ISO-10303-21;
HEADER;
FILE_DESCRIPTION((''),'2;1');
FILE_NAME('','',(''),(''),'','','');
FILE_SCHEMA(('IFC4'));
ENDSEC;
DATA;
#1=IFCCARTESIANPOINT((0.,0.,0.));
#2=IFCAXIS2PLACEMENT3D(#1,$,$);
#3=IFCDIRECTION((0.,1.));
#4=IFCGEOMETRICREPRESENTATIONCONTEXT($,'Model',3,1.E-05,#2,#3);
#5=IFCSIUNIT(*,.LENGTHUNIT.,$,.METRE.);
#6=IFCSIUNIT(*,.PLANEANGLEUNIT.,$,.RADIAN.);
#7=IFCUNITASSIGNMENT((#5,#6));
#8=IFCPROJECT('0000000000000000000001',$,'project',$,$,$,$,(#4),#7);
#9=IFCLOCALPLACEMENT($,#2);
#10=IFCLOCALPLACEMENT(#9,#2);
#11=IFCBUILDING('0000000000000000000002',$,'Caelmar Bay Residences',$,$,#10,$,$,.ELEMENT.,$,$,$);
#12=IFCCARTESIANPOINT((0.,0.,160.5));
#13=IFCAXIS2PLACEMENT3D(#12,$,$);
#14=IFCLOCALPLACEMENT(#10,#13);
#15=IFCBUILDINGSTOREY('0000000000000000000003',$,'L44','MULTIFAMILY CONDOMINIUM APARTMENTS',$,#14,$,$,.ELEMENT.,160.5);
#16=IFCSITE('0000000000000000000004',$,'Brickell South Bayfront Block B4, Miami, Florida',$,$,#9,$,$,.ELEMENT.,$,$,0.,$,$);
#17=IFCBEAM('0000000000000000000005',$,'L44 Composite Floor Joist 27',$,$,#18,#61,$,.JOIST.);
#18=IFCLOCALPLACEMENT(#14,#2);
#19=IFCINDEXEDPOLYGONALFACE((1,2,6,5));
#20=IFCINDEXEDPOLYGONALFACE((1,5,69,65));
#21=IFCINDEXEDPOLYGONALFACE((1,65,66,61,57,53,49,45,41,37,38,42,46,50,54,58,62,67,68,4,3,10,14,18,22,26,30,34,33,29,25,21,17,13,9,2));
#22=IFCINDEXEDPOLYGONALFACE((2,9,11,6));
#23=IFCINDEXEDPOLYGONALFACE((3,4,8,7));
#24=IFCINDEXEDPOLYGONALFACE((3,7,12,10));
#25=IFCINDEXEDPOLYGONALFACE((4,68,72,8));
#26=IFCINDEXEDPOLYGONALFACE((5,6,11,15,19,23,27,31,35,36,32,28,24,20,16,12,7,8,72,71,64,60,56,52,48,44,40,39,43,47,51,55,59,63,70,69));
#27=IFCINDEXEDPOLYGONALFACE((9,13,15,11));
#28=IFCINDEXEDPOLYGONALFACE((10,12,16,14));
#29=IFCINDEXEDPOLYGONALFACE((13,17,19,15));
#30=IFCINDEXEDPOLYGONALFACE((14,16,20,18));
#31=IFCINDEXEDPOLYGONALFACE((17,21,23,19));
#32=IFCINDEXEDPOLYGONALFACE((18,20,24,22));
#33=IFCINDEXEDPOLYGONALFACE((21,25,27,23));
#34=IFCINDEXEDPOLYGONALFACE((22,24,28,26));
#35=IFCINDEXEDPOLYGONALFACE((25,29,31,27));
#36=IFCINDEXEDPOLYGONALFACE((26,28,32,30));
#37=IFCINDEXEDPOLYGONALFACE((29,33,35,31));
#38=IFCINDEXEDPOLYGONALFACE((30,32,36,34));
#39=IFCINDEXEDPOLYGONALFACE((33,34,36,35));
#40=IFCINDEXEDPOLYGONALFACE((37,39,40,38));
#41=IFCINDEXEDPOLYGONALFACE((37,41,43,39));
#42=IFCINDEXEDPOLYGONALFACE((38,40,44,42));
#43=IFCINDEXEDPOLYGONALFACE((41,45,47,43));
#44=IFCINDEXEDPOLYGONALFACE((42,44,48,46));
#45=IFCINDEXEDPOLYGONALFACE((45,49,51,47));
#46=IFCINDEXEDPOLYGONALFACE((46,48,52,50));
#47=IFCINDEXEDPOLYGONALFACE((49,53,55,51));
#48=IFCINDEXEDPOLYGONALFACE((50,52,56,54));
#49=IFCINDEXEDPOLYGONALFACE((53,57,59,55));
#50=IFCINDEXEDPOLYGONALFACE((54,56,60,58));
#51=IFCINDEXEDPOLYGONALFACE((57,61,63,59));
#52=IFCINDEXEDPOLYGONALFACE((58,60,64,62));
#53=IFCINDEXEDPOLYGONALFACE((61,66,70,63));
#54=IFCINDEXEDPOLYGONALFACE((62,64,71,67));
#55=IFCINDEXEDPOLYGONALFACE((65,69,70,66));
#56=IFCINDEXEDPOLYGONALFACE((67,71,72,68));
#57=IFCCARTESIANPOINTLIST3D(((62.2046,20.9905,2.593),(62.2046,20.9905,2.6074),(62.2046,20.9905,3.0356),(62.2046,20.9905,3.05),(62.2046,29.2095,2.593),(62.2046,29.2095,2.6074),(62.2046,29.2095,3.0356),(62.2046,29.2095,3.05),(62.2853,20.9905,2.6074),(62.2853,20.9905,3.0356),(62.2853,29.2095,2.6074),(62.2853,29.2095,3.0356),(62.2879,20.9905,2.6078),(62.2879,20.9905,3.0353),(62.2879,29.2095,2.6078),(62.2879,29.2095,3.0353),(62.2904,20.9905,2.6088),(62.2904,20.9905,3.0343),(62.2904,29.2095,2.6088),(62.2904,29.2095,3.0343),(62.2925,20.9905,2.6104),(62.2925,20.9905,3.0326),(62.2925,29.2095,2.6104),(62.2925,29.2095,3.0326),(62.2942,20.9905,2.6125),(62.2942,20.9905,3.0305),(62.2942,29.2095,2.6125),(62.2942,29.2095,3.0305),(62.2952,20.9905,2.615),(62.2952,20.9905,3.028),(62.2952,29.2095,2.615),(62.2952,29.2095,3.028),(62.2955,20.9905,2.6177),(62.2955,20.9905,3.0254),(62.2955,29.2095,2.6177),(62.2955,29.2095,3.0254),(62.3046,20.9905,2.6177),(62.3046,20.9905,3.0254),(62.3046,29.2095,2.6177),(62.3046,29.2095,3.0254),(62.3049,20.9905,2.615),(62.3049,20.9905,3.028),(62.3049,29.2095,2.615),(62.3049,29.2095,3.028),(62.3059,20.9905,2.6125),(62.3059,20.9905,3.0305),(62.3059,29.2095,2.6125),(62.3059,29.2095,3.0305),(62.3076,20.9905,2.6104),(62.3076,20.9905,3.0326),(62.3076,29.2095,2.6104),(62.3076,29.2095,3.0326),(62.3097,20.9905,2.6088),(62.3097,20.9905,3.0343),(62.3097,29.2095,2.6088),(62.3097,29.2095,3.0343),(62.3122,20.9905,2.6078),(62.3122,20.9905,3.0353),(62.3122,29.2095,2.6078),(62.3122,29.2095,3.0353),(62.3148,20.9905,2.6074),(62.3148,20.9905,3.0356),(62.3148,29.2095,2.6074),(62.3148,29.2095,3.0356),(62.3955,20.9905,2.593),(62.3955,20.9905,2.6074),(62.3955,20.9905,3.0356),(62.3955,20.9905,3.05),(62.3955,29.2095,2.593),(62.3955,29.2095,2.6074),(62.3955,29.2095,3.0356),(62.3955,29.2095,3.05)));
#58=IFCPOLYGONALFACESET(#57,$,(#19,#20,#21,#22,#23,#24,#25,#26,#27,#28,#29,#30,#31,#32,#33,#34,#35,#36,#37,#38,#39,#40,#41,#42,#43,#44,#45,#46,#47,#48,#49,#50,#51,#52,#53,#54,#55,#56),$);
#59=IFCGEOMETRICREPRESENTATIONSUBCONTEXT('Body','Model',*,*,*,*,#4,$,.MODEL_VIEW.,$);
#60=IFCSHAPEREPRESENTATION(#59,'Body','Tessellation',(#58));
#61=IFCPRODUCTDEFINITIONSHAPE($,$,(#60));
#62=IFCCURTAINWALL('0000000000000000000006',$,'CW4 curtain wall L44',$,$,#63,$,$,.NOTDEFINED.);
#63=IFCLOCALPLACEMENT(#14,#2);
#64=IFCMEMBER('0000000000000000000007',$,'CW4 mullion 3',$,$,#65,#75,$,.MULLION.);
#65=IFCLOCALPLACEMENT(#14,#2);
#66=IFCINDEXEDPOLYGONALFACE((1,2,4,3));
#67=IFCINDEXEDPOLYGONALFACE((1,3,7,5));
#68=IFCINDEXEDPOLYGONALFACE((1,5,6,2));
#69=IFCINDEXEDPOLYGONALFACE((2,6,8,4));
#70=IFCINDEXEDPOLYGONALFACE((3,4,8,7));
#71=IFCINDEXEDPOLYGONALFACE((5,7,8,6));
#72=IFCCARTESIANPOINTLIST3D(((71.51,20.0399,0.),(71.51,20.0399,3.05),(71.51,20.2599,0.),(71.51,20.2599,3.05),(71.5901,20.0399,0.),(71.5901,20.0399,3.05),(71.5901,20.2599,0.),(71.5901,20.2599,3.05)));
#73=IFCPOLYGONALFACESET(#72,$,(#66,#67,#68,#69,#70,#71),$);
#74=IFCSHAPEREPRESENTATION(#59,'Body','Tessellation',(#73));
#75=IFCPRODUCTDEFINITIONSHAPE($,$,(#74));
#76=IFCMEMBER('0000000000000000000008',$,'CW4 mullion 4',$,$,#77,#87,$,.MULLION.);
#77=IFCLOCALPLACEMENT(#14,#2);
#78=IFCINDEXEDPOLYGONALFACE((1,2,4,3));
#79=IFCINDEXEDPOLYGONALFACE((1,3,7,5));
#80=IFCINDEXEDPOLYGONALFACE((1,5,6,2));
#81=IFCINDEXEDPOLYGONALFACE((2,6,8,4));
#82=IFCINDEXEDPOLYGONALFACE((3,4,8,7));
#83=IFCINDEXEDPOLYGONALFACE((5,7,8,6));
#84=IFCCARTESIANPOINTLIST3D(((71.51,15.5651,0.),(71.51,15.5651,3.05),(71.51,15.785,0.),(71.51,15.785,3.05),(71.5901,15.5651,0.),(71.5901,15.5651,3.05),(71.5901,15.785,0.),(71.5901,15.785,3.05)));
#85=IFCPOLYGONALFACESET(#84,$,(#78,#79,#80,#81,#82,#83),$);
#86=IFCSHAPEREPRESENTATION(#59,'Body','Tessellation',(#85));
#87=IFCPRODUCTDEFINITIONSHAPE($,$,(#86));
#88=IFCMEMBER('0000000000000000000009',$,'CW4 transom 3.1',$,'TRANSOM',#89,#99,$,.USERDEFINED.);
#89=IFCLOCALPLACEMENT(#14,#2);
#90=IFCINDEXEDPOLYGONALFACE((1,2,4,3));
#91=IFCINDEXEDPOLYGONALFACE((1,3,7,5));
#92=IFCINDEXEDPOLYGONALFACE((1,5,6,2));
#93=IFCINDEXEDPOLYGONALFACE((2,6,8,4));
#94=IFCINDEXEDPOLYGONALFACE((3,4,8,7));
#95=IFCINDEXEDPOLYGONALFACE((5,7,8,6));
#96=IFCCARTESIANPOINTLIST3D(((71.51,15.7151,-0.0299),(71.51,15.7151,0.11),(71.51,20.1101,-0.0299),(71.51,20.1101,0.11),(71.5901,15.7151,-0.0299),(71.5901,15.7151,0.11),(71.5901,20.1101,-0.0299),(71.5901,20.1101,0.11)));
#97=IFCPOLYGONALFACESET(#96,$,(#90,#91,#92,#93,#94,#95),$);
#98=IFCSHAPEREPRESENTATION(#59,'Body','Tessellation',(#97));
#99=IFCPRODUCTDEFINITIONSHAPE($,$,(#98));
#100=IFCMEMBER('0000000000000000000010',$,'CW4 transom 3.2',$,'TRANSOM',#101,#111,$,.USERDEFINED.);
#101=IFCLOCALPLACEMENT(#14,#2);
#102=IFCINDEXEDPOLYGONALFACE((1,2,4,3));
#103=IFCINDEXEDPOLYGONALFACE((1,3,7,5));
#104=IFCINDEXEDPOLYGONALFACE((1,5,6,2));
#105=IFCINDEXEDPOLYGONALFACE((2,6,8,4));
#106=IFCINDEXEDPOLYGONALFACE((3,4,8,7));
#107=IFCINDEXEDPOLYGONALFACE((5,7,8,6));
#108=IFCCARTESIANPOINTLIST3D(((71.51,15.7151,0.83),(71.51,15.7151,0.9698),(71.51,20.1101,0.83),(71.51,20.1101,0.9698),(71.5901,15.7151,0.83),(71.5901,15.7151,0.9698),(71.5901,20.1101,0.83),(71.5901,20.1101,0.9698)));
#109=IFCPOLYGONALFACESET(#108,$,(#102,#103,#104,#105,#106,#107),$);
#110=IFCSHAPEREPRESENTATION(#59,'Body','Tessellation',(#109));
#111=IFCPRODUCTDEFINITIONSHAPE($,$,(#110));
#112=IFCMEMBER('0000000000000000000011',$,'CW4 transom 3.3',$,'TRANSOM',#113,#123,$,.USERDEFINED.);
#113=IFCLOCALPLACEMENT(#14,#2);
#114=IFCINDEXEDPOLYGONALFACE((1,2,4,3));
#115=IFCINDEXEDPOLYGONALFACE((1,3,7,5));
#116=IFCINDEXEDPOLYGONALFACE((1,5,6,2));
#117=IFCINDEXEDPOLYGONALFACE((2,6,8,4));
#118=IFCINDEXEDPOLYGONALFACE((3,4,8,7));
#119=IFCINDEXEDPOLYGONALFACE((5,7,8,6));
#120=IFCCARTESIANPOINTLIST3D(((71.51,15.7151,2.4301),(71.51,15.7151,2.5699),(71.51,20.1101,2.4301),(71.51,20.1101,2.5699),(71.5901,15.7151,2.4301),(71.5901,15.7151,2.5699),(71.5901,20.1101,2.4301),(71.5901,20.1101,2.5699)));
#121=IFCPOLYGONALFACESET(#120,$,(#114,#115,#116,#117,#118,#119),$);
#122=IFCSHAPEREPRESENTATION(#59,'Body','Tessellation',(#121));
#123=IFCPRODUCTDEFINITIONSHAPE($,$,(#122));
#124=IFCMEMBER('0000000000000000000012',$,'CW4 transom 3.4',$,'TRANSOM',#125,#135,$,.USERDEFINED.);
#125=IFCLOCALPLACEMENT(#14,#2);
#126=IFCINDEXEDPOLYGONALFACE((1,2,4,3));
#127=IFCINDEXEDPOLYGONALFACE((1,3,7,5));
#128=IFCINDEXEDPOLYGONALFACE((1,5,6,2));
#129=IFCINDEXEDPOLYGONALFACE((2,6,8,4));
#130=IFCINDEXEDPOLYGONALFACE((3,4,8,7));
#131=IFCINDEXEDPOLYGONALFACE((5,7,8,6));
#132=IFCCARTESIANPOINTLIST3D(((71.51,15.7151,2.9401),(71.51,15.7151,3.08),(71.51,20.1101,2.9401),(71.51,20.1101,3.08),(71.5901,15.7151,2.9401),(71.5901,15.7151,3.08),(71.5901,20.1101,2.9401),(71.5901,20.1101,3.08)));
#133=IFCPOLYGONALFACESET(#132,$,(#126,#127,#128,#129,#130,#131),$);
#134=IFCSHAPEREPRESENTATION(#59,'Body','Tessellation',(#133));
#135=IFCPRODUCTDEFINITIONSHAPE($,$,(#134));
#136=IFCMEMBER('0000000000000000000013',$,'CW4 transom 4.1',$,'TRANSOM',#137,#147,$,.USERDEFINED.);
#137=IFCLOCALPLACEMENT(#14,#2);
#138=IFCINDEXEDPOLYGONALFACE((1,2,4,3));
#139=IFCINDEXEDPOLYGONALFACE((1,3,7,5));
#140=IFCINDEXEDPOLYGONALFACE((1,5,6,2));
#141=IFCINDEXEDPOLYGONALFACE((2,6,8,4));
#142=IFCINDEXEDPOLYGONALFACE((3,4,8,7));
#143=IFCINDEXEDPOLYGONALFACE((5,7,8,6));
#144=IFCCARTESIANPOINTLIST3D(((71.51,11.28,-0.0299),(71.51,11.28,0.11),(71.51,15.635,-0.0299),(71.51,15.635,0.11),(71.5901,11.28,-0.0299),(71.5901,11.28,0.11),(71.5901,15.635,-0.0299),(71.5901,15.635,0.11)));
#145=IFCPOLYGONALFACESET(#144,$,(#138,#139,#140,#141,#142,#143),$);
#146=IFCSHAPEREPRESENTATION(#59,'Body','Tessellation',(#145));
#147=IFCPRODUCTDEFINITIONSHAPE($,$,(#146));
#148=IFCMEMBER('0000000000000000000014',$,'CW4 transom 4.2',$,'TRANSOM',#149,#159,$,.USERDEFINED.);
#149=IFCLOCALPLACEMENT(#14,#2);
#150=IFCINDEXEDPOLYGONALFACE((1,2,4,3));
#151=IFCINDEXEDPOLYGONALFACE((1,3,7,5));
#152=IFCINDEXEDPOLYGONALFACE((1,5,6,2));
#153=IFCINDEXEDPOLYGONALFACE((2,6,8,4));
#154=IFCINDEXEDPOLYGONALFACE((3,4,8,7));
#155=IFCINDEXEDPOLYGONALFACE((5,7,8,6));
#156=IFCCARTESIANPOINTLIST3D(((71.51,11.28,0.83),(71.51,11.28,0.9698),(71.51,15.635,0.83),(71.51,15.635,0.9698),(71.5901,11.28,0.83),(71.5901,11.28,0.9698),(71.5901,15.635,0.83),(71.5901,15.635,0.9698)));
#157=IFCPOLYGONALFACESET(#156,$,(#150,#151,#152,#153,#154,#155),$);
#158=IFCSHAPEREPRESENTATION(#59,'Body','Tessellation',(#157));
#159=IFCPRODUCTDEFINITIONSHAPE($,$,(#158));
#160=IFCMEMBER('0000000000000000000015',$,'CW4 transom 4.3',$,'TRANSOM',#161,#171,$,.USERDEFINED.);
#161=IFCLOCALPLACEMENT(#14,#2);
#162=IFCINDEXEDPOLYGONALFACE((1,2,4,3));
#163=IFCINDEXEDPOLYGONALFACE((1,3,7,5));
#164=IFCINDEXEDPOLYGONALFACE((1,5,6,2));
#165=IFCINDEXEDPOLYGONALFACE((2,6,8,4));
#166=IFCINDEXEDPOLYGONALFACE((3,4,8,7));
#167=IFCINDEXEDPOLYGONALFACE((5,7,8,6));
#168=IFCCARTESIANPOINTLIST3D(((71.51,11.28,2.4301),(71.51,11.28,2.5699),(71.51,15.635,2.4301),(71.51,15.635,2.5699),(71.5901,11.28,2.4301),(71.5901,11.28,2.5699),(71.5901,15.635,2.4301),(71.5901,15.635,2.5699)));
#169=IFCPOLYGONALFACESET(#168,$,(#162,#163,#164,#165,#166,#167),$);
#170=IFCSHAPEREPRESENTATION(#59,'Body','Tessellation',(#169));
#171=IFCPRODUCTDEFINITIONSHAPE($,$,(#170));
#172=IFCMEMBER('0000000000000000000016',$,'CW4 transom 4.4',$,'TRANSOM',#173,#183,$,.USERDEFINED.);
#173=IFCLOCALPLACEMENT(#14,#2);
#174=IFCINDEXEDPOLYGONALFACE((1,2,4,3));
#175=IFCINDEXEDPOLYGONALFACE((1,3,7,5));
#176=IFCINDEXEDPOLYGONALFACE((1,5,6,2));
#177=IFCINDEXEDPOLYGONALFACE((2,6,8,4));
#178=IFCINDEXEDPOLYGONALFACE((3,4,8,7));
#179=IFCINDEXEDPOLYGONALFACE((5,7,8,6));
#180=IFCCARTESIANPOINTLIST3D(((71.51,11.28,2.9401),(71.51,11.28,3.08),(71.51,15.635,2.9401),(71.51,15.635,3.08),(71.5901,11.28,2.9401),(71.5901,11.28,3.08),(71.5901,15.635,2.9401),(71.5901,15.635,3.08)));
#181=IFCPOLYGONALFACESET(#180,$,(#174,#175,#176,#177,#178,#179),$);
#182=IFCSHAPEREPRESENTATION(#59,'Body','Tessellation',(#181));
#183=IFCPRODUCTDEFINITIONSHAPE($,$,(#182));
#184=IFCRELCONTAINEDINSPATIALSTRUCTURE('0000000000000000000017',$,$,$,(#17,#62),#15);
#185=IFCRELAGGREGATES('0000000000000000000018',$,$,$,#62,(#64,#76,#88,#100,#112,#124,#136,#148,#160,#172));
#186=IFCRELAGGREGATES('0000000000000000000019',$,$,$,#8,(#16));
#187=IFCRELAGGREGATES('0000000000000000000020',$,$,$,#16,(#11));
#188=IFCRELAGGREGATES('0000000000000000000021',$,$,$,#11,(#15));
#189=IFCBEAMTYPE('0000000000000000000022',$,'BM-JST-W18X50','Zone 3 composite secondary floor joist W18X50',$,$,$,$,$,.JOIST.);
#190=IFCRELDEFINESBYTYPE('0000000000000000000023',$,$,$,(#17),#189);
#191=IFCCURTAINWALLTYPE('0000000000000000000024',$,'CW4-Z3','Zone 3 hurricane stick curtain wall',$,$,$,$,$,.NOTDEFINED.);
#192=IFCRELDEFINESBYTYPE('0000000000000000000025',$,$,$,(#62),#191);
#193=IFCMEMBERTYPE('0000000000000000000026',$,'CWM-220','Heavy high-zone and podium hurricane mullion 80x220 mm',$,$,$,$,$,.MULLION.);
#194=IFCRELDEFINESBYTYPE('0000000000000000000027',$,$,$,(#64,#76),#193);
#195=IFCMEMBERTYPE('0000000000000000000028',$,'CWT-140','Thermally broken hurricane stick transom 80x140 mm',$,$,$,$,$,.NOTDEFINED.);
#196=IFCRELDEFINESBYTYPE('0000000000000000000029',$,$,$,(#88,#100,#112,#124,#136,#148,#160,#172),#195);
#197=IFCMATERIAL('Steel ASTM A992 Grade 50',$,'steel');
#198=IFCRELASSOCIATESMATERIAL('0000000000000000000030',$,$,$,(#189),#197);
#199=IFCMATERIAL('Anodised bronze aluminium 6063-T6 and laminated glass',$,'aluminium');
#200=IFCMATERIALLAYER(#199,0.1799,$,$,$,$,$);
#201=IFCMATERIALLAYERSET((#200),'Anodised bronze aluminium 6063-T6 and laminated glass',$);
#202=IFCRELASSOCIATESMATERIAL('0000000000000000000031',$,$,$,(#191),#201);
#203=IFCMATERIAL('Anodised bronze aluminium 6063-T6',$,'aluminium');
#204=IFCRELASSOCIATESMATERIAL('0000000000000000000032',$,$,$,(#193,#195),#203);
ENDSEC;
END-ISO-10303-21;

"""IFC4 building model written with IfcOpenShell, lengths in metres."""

from ifc_helpers import new_model, si_unit, direction, frame, origin, origin_2d, place, context, subcontext, project, spatial, rectangle, i_section, extrude, material, layer, layer_set, material_profile, profile_set, type_object, element, aggregate, save


model = new_model("IFC4")

# Units and contexts
model_context = context("Model", 3, precision=1e-05, world=origin(), true_north=direction((0.0, 1.0)))
body_context = subcontext(model_context, "Body", "Model", "MODEL_VIEW")
ifc_project = project(units=[si_unit("LENGTHUNIT", "METRE"), si_unit("PLANEANGLEUNIT", "RADIAN")], contexts=[model_context])

# Site, building, storey
site_placement = place(None, origin())
site = spatial("IfcSite", under=ifc_project, at=site_placement, Name="Brickell South Bayfront Block B4, Miami, Florida", CompositionType="ELEMENT", RefElevation=0.0)
building_placement = place(site_placement, origin())
building = spatial("IfcBuilding", under=site, at=building_placement, Name="Caelmar Bay Residences", CompositionType="ELEMENT")
storey_placement = place(building_placement, frame((0.0, 0.0, 160.5)))
storey = spatial("IfcBuildingStorey", under=building, at=storey_placement, Name="L44", Description="MULTIFAMILY CONDOMINIUM APARTMENTS", CompositionType="ELEMENT", Elevation=160.5)

# Beam
ifc_material_1 = material(Name="Steel ASTM A992 Grade 50", Category="steel")
ifc_material_profile_1 = material_profile(ifc_material_1, i_section(OverallWidth=0.1909, OverallDepth=0.457, WebThickness=0.009, FlangeThickness=0.0144, FilletRadius=0.0103, at=origin_2d()), Name="W18X50")
ifc_profile_set_1 = profile_set([ifc_material_profile_1], Name="Steel ASTM A992 Grade 50")
beam_type_1 = type_object("IfcBeamType", Name="BM-JST-W18X50", Description="Zone 3 composite secondary floor joist W18X50", PredefinedType="JOIST", material=ifc_profile_set_1)
beam_1_placement = place(storey_placement, frame((62.3, 20.9905, 2.8215), z_axis=(0.0, 1.0, 0.0), x_axis=(-1.0, 0.0, 0.0)))
element("IfcBeam", 1, at=beam_1_placement, inside=storey, type_object=beam_type_1, Name="L44 Composite Floor Joist 27", PredefinedType="JOIST", context=body_context, shape_type="SweptSolid", body=[
    extrude(i_section(OverallWidth=0.1909, OverallDepth=0.457, WebThickness=0.009, FlangeThickness=0.0144, FilletRadius=0.0103, at=origin_2d()), origin(), (0.0, 0.0, 1.0), 8.219),
])

# Curtain wall, members
ifc_material_2 = material(Name="Anodised bronze aluminium 6063-T6 and laminated glass", Category="aluminium")
ifc_layer_1 = layer(ifc_material_2, 0.1799)
ifc_layer_set_1 = layer_set([ifc_layer_1], Name="Anodised bronze aluminium 6063-T6 and laminated glass")
curtain_wall_type = type_object("IfcCurtainWallType", Name="CW4-Z3", Description="Zone 3 hurricane stick curtain wall", PredefinedType="NOTDEFINED", material=ifc_layer_set_1)
curtain_wall_placement = place(storey_placement, origin())
curtain_wall = element("IfcCurtainWall", 2, at=curtain_wall_placement, inside=storey, type_object=curtain_wall_type, Name="CW4 curtain wall L44", PredefinedType="NOTDEFINED")
ifc_material_3 = material(Name="Anodised bronze aluminium 6063-T6", Category="aluminium")
ifc_material_profile_2 = material_profile(ifc_material_3, rectangle(XDim=0.0801, YDim=0.22, at=origin_2d()), Name="CWM-80X220")
ifc_profile_set_2 = profile_set([ifc_material_profile_2], Name="Anodised bronze aluminium 6063-T6")
member_type_1 = type_object("IfcMemberType", Name="CWM-220", Description="Heavy high-zone and podium hurricane mullion 80x220 mm", PredefinedType="MULLION", material=ifc_profile_set_2)
member_1_placement = place(storey_placement, frame((71.55, 20.1499, 0.0), z_axis=(0.0, 0.0, 1.0), x_axis=(1.0, 0.0, 0.0)))
member_1 = element("IfcMember", 3, at=member_1_placement, type_object=member_type_1, Name="CW4 mullion 3", PredefinedType="MULLION", context=body_context, shape_type="SweptSolid", body=[
    extrude(rectangle(XDim=0.0801, YDim=0.22, at=origin_2d()), origin(), (0.0, 0.0, 1.0), 3.05),
])
member_2_placement = place(storey_placement, frame((71.55, 15.675, 0.0), z_axis=(0.0, 0.0, 1.0), x_axis=(1.0, 0.0, 0.0)))
member_2 = element("IfcMember", 4, at=member_2_placement, type_object=member_type_1, Name="CW4 mullion 4", PredefinedType="MULLION", context=body_context, shape_type="SweptSolid", body=[
    extrude(rectangle(XDim=0.0801, YDim=0.22, at=origin_2d()), origin(), (0.0, 0.0, 1.0), 3.05),
])
ifc_material_profile_3 = material_profile(ifc_material_3, rectangle(XDim=0.0801, YDim=0.1399, at=origin_2d()), Name="CWT-80X140")
ifc_profile_set_3 = profile_set([ifc_material_profile_3], Name="Anodised bronze aluminium 6063-T6")
member_type_2 = type_object("IfcMemberType", Name="CWT-140", Description="Thermally broken hurricane stick transom 80x140 mm", PredefinedType="NOTDEFINED", material=ifc_profile_set_3)
member_3_placement = place(storey_placement, frame((71.55, 20.1101, 0.04), z_axis=(0.0, -1.0, 0.0), x_axis=(1.0, 0.0, 0.0)))
member_3 = element("IfcMember", 5, at=member_3_placement, type_object=member_type_2, Name="CW4 transom 3.1", ObjectType="TRANSOM", PredefinedType="USERDEFINED", context=body_context, shape_type="SweptSolid", body=[
    extrude(rectangle(XDim=0.0801, YDim=0.1399, at=origin_2d()), origin(), (0.0, 0.0, 1.0), 4.395),
])
member_4_placement = place(storey_placement, frame((71.55, 20.1101, 0.8999), z_axis=(0.0, -1.0, 0.0), x_axis=(1.0, 0.0, 0.0)))
member_4 = element("IfcMember", 6, at=member_4_placement, type_object=member_type_2, Name="CW4 transom 3.2", ObjectType="TRANSOM", PredefinedType="USERDEFINED", context=body_context, shape_type="SweptSolid", body=[
    extrude(rectangle(XDim=0.0801, YDim=0.1399, at=origin_2d()), origin(), (0.0, 0.0, 1.0), 4.395),
])
member_5_placement = place(storey_placement, frame((71.55, 20.1101, 2.5), z_axis=(0.0, -1.0, 0.0), x_axis=(1.0, 0.0, 0.0)))
member_5 = element("IfcMember", 7, at=member_5_placement, type_object=member_type_2, Name="CW4 transom 3.3", ObjectType="TRANSOM", PredefinedType="USERDEFINED", context=body_context, shape_type="SweptSolid", body=[
    extrude(rectangle(XDim=0.0801, YDim=0.1399, at=origin_2d()), origin(), (0.0, 0.0, 1.0), 4.395),
])
member_6_placement = place(storey_placement, frame((71.55, 20.1101, 3.01), z_axis=(0.0, -1.0, 0.0), x_axis=(1.0, 0.0, 0.0)))
member_6 = element("IfcMember", 8, at=member_6_placement, type_object=member_type_2, Name="CW4 transom 3.4", ObjectType="TRANSOM", PredefinedType="USERDEFINED", context=body_context, shape_type="SweptSolid", body=[
    extrude(rectangle(XDim=0.0801, YDim=0.1399, at=origin_2d()), origin(), (0.0, 0.0, 1.0), 4.395),
])
member_7_placement = place(storey_placement, frame((71.55, 15.635, 0.04), z_axis=(0.0, -1.0, 0.0), x_axis=(1.0, 0.0, 0.0)))
member_7 = element("IfcMember", 9, at=member_7_placement, type_object=member_type_2, Name="CW4 transom 4.1", ObjectType="TRANSOM", PredefinedType="USERDEFINED", context=body_context, shape_type="SweptSolid", body=[
    extrude(rectangle(XDim=0.0801, YDim=0.1399, at=origin_2d()), origin(), (0.0, 0.0, 1.0), 4.355),
])
member_8_placement = place(storey_placement, frame((71.55, 15.635, 0.8999), z_axis=(0.0, -1.0, 0.0), x_axis=(1.0, 0.0, 0.0)))
member_8 = element("IfcMember", 10, at=member_8_placement, type_object=member_type_2, Name="CW4 transom 4.2", ObjectType="TRANSOM", PredefinedType="USERDEFINED", context=body_context, shape_type="SweptSolid", body=[
    extrude(rectangle(XDim=0.0801, YDim=0.1399, at=origin_2d()), origin(), (0.0, 0.0, 1.0), 4.355),
])
member_9_placement = place(storey_placement, frame((71.55, 15.635, 2.5), z_axis=(0.0, -1.0, 0.0), x_axis=(1.0, 0.0, 0.0)))
member_9 = element("IfcMember", 11, at=member_9_placement, type_object=member_type_2, Name="CW4 transom 4.3", ObjectType="TRANSOM", PredefinedType="USERDEFINED", context=body_context, shape_type="SweptSolid", body=[
    extrude(rectangle(XDim=0.0801, YDim=0.1399, at=origin_2d()), origin(), (0.0, 0.0, 1.0), 4.355),
])
member_10_placement = place(storey_placement, frame((71.55, 15.635, 3.01), z_axis=(0.0, -1.0, 0.0), x_axis=(1.0, 0.0, 0.0)))
member_10 = element("IfcMember", 12, at=member_10_placement, type_object=member_type_2, Name="CW4 transom 4.4", ObjectType="TRANSOM", PredefinedType="USERDEFINED", context=body_context, shape_type="SweptSolid", body=[
    extrude(rectangle(XDim=0.0801, YDim=0.1399, at=origin_2d()), origin(), (0.0, 0.0, 1.0), 4.355),
])
aggregate(curtain_wall, [member_1, member_2, member_3, member_4, member_5, member_6, member_7, member_8, member_9, member_10])

save(model, "model.ifc")
